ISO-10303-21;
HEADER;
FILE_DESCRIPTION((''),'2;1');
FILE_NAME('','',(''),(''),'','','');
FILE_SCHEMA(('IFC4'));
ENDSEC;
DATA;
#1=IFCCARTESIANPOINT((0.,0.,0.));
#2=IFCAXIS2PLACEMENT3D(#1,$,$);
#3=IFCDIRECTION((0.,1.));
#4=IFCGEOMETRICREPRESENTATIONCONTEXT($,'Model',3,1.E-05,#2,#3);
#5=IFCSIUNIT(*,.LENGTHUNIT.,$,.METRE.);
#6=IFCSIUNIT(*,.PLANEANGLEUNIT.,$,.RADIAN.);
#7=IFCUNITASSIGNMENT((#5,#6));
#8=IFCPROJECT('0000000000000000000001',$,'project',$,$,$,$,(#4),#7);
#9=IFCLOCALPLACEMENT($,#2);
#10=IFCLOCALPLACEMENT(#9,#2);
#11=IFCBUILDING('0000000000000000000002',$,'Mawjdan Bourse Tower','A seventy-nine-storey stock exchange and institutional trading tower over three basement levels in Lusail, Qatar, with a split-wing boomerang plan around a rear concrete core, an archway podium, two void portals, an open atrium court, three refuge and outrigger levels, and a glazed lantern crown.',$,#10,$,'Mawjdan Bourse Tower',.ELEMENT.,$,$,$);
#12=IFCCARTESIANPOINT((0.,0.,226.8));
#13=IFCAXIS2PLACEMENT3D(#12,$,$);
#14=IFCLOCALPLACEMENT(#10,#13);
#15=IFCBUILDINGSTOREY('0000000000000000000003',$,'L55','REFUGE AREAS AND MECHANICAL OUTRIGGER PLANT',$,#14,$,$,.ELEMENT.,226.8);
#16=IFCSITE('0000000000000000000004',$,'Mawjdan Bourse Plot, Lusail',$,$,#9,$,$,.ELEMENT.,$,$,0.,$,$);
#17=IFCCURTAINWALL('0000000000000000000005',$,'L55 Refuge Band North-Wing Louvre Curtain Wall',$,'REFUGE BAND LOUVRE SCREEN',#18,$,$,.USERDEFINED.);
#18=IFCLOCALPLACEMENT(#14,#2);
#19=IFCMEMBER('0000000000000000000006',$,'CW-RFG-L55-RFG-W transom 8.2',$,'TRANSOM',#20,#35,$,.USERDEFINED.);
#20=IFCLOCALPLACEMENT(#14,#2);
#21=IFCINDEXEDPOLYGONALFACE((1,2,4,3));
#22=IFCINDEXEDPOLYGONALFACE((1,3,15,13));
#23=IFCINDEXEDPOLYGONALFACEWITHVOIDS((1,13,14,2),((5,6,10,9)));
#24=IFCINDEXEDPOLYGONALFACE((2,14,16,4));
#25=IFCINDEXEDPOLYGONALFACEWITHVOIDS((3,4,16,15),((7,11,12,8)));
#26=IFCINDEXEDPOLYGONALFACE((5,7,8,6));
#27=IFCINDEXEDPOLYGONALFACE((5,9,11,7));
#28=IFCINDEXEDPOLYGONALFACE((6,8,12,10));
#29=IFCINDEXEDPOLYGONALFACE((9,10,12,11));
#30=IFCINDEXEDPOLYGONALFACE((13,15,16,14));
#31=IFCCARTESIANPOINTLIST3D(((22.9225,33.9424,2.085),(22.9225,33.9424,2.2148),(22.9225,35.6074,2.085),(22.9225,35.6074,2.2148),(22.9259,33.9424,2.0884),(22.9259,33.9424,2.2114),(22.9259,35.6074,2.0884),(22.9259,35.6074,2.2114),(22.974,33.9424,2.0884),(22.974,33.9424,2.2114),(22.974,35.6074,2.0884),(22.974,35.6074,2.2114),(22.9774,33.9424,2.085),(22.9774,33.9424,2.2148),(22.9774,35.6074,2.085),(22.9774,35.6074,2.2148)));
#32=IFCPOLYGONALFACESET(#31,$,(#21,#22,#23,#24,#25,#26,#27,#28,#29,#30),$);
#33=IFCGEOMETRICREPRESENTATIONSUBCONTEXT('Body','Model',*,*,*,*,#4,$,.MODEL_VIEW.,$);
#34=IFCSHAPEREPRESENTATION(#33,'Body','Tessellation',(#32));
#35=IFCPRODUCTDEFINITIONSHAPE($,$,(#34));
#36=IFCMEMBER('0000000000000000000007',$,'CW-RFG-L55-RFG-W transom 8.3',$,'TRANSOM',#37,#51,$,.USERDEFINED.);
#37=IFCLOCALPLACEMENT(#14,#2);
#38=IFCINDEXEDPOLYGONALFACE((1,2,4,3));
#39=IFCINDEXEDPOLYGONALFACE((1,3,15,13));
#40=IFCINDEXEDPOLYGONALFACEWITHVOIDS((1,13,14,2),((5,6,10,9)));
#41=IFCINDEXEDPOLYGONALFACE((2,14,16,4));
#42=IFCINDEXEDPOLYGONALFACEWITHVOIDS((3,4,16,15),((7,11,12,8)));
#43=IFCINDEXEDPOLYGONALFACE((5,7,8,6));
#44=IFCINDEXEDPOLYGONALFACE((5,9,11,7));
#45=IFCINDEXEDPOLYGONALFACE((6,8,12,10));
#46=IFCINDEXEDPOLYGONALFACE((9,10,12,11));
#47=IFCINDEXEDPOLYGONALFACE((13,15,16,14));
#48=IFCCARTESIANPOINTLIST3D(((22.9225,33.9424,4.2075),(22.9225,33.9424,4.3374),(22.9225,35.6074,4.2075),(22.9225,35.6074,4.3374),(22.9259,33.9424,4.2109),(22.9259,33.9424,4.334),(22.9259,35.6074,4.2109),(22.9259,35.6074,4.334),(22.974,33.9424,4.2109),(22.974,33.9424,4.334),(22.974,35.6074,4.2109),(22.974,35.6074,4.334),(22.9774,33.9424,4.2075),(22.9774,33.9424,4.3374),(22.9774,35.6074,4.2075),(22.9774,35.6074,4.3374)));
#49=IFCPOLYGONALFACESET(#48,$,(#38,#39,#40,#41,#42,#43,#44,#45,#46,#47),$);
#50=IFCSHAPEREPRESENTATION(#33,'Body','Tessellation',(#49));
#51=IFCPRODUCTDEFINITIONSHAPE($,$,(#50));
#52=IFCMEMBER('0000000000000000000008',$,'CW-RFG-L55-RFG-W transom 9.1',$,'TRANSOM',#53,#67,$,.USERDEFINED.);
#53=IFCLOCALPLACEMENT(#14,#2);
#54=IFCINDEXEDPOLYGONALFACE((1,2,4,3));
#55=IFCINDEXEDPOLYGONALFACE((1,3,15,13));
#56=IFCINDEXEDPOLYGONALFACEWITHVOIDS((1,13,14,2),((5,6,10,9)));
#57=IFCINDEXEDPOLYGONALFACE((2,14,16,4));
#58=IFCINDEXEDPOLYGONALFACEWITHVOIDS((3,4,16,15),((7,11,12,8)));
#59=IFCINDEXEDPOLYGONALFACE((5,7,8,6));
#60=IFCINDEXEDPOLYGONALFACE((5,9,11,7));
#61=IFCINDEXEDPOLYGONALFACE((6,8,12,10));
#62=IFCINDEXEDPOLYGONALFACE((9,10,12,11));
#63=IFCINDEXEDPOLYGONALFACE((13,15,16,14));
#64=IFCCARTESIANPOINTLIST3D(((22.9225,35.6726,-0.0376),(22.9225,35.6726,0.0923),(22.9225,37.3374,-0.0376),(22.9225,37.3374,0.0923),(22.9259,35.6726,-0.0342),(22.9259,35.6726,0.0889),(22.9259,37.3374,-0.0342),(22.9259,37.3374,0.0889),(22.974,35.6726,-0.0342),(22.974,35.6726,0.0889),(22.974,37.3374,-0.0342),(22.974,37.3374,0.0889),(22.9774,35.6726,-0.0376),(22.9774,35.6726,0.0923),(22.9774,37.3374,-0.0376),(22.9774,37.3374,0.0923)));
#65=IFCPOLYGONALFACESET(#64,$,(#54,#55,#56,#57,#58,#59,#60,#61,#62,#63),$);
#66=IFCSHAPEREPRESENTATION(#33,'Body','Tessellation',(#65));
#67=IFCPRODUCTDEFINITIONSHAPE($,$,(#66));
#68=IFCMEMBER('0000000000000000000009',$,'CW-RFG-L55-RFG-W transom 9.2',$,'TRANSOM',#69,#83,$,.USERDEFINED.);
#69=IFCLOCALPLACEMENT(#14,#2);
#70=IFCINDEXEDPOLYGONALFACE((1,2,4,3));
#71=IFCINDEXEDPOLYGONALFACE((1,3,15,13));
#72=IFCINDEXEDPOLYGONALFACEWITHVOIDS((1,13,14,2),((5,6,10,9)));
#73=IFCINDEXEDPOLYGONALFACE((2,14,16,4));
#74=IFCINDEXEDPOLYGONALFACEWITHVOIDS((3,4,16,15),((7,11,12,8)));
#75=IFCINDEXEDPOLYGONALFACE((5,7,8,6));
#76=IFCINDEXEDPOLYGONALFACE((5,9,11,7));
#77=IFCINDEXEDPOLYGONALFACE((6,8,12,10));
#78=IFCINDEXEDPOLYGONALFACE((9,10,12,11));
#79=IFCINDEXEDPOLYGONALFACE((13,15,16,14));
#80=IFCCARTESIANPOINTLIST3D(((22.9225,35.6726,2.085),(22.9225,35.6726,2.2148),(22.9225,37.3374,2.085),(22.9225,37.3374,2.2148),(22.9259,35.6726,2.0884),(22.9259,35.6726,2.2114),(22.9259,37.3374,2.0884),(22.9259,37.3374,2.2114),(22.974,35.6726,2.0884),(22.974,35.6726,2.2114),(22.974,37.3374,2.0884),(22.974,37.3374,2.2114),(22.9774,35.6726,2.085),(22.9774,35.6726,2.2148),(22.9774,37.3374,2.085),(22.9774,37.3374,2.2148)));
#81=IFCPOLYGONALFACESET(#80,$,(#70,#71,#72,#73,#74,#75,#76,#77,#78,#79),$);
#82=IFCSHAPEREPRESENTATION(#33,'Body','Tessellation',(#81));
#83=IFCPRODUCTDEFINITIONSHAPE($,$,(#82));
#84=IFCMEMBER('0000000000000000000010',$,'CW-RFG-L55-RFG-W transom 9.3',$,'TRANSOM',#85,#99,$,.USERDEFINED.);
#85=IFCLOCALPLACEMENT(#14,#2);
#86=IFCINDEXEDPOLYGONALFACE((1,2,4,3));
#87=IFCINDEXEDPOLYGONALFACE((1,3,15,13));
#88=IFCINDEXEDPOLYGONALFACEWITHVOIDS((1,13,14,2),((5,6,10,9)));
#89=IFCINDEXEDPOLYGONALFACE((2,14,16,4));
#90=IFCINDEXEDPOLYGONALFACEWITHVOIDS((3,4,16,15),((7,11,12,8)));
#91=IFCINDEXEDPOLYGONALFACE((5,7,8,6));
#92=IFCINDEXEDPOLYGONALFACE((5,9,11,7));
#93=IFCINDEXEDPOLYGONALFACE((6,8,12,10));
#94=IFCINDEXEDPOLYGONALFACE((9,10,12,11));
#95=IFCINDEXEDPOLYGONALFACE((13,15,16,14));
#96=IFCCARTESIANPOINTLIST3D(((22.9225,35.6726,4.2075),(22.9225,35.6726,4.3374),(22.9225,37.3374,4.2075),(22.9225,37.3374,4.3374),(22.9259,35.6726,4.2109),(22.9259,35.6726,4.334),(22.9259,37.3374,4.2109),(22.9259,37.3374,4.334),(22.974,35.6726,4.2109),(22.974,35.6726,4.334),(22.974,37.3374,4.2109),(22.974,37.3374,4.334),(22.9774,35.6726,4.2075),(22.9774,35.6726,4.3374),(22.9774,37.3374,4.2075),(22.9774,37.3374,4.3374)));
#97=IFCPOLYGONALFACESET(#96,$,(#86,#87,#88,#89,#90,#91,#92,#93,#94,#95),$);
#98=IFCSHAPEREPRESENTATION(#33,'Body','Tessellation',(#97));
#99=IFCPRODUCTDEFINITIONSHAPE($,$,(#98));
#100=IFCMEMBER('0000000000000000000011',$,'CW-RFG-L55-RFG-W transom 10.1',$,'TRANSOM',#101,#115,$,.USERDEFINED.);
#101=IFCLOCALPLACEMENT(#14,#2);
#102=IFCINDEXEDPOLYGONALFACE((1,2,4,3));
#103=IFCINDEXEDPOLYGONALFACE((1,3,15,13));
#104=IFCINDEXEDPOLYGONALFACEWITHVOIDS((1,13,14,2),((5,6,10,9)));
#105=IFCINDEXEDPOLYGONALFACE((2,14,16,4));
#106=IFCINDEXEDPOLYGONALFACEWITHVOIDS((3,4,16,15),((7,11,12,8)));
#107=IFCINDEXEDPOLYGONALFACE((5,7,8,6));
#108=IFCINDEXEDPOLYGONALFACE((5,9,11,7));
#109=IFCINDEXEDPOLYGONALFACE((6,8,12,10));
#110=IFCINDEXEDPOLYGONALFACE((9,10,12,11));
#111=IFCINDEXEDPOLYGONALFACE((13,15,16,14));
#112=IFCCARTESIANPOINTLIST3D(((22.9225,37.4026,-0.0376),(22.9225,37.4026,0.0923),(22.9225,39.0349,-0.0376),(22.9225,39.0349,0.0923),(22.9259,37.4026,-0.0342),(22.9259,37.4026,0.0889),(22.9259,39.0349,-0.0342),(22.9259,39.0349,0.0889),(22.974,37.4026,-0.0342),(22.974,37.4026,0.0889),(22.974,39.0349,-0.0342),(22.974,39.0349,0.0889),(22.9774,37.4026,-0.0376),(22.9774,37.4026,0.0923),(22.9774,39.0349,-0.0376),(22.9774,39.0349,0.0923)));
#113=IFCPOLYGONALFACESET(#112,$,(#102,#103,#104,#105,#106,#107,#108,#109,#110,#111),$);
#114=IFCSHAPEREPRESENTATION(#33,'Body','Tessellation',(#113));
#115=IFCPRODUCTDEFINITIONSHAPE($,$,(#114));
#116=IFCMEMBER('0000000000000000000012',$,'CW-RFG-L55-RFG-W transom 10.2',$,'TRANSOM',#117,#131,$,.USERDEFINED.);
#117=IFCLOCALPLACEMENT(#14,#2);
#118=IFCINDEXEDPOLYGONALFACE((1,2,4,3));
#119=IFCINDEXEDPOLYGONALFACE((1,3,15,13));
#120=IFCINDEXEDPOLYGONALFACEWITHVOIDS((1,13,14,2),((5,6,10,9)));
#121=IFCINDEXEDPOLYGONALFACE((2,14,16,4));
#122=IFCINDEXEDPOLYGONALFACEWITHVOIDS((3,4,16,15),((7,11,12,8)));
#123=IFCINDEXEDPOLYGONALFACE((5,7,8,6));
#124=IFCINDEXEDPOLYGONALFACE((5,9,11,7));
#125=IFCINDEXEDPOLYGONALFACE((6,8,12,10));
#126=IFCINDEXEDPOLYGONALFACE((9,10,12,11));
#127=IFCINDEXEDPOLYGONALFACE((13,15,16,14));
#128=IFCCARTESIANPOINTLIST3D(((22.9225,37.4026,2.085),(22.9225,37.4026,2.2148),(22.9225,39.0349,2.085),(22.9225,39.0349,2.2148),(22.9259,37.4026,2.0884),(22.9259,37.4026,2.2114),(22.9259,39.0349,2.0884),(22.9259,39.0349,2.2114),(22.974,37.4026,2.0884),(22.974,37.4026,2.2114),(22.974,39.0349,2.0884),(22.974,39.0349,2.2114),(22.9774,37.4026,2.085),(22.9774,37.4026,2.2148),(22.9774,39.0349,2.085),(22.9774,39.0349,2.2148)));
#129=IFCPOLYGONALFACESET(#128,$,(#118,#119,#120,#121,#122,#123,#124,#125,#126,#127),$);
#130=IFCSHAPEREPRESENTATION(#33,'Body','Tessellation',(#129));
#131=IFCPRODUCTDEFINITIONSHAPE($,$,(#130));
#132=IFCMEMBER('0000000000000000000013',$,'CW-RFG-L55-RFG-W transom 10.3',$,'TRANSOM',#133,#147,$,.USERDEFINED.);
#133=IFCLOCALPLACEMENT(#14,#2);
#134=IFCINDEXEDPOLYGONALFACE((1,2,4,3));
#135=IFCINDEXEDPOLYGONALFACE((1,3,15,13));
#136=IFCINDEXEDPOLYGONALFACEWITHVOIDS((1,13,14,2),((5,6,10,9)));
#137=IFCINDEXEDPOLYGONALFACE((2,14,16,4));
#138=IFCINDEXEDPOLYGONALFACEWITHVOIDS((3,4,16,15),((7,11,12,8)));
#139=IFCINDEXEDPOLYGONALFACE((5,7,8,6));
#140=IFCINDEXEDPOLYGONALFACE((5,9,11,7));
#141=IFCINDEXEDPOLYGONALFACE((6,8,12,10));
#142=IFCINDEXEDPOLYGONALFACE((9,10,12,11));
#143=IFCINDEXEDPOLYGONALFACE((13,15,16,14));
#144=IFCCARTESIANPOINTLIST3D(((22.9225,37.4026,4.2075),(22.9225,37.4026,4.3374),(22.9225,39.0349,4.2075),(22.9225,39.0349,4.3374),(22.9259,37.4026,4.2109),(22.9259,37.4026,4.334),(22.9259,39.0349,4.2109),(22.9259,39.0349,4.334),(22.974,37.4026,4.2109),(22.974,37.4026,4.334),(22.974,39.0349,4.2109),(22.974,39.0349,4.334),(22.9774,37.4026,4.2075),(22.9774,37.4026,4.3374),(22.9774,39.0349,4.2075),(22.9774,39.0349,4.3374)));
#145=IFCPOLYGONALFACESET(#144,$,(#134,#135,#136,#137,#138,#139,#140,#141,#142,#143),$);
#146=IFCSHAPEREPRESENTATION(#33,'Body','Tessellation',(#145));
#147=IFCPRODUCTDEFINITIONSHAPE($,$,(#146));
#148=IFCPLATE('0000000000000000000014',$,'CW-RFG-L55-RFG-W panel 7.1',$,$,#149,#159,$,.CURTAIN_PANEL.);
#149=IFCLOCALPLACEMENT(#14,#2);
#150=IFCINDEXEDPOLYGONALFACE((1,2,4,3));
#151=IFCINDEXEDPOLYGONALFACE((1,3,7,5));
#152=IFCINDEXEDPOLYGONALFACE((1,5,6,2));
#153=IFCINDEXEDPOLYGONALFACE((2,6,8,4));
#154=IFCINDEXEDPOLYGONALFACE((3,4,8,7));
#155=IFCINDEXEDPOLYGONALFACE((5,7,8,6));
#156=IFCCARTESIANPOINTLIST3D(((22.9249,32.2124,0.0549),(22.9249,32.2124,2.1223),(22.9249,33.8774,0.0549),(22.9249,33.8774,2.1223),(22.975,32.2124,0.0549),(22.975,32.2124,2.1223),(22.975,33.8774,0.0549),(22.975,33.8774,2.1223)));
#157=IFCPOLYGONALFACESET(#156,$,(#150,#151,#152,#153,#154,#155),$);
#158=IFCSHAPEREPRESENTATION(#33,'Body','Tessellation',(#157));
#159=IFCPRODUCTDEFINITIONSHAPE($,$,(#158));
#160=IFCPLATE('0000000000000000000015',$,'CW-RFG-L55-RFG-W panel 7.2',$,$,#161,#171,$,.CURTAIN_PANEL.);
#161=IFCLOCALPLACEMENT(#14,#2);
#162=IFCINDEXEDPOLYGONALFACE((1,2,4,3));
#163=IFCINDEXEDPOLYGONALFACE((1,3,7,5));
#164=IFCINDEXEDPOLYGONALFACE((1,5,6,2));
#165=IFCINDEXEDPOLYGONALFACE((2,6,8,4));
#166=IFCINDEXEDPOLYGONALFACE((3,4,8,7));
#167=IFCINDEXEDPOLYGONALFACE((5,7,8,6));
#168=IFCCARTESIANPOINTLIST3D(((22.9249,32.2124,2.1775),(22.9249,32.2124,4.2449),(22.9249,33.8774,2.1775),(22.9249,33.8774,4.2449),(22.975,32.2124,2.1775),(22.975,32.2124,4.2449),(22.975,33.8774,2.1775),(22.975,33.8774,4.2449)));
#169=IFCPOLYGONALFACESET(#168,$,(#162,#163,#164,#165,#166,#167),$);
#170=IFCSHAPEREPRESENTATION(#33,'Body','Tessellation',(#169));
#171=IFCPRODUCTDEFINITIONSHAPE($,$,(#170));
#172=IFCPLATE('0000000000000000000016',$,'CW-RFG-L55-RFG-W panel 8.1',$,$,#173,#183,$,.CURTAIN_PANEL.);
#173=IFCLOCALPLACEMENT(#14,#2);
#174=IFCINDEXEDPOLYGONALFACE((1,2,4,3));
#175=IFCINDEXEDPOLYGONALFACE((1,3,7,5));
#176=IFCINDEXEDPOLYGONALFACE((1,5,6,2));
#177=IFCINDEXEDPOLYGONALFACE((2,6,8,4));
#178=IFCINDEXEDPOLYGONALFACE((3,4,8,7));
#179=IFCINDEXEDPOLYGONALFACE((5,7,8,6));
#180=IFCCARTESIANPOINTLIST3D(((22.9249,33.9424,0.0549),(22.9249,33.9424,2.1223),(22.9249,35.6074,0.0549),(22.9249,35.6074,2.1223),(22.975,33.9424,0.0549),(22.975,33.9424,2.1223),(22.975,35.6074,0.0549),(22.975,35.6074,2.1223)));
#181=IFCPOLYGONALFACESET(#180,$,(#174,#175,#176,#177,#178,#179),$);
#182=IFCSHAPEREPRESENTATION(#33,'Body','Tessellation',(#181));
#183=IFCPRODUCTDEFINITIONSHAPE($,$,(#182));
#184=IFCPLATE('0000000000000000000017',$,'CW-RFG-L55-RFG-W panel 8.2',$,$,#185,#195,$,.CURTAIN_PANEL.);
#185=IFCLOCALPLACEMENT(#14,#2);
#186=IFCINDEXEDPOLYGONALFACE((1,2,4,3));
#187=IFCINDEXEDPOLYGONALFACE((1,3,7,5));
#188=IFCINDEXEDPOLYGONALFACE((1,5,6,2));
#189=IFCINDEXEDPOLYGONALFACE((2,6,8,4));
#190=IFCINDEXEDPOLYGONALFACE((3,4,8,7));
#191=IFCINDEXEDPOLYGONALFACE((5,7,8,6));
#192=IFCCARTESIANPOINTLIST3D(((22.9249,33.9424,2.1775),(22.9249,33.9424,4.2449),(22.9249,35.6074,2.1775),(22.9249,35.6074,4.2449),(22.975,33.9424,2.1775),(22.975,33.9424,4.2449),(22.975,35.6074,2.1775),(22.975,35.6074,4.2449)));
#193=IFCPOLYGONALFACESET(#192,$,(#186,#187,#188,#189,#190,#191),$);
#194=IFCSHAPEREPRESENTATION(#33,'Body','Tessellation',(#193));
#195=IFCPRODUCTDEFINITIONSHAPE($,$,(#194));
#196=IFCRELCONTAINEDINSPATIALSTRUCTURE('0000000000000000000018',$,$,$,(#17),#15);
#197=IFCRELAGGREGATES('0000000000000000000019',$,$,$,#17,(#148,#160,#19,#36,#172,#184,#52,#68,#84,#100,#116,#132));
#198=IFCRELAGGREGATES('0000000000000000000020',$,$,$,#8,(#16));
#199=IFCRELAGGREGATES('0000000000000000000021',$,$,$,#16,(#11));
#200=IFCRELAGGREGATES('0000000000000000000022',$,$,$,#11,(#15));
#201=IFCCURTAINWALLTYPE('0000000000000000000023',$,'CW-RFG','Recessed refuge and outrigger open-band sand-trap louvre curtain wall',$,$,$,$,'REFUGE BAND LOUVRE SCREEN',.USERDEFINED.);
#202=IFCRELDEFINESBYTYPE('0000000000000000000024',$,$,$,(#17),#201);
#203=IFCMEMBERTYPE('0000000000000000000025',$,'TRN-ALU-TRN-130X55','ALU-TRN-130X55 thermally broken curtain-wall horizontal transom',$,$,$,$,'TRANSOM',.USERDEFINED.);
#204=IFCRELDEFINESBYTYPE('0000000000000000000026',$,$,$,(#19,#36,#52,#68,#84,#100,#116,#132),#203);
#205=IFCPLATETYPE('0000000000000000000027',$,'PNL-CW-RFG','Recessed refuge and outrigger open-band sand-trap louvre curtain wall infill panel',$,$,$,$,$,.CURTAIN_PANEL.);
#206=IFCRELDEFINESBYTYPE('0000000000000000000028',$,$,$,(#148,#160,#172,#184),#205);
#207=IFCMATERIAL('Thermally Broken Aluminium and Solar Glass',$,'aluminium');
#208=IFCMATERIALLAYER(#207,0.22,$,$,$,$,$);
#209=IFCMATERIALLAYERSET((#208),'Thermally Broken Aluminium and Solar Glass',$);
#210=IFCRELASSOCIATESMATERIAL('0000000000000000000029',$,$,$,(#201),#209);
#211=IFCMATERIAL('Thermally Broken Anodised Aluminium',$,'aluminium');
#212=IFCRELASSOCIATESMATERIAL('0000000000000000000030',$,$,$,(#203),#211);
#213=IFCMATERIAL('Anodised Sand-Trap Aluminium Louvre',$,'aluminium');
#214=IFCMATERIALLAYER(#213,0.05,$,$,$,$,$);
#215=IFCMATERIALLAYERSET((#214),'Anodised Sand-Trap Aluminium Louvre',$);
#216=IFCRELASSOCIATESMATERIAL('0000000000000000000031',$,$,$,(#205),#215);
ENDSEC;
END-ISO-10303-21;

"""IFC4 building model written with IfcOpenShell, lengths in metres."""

from ifc_helpers import new_model, si_unit, direction, frame, origin, origin_2d, place, context, subcontext, project, spatial, rectangle, hollow_rectangle, extrude, material, layer, layer_set, material_profile, profile_set, type_object, element, aggregate, save


model = new_model("IFC4")

# Units and contexts
model_context = context("Model", 3, precision=1e-05, world=origin(), true_north=direction((0.0, 1.0)))
body_context = subcontext(model_context, "Body", "Model", "MODEL_VIEW")
ifc_project = project(units=[si_unit("LENGTHUNIT", "METRE"), si_unit("PLANEANGLEUNIT", "RADIAN")], contexts=[model_context])

# Site, building, storey
site_placement = place(None, origin())
site = spatial("IfcSite", under=ifc_project, at=site_placement, Name="Mawjdan Bourse Plot, Lusail", CompositionType="ELEMENT", RefElevation=0.0)
building_placement = place(site_placement, origin())
building = spatial("IfcBuilding", under=site, at=building_placement, Name="Mawjdan Bourse Tower", Description="A seventy-nine-storey stock exchange and institutional trading tower over three basement levels in Lusail, Qatar, with a split-wing boomerang plan around a rear concrete core, an archway podium, two void portals, an open atrium court, three refuge and outrigger levels, and a glazed lantern crown.", LongName="Mawjdan Bourse Tower", CompositionType="ELEMENT")
storey_placement = place(building_placement, frame((0.0, 0.0, 226.8)))
storey = spatial("IfcBuildingStorey", under=building, at=storey_placement, Name="L55", Description="REFUGE AREAS AND MECHANICAL OUTRIGGER PLANT", CompositionType="ELEMENT", Elevation=226.8)

# Curtain wall
ifc_material_1 = material(Name="Thermally Broken Aluminium and Solar Glass", Category="aluminium")
ifc_layer_1 = layer(ifc_material_1, 0.22)
ifc_layer_set_1 = layer_set([ifc_layer_1], Name="Thermally Broken Aluminium and Solar Glass")
curtain_wall_type = type_object("IfcCurtainWallType", Name="CW-RFG", Description="Recessed refuge and outrigger open-band sand-trap louvre curtain wall", ElementType="REFUGE BAND LOUVRE SCREEN", PredefinedType="USERDEFINED", material=ifc_layer_set_1)
curtain_wall_placement = place(storey_placement, origin())
curtain_wall = element("IfcCurtainWall", 1, at=curtain_wall_placement, inside=storey, type_object=curtain_wall_type, Name="L55 Refuge Band North-Wing Louvre Curtain Wall", ObjectType="REFUGE BAND LOUVRE SCREEN", PredefinedType="USERDEFINED")
ifc_material_2 = material(Name="Thermally Broken Anodised Aluminium", Category="aluminium")

# Members
ifc_material_profile_1 = material_profile(ifc_material_2, hollow_rectangle(XDim=0.0549, YDim=0.1299, WallThickness=0.0034, at=origin_2d()), Name="ALU-TRN-130X55")
ifc_profile_set_1 = profile_set([ifc_material_profile_1], Name="Thermally Broken Anodised Aluminium")
member_type_1 = type_object("IfcMemberType", Name="TRN-ALU-TRN-130X55", Description="ALU-TRN-130X55 thermally broken curtain-wall horizontal transom", ElementType="TRANSOM", PredefinedType="USERDEFINED", material=ifc_profile_set_1)
member_1_placement = place(storey_placement, frame((22.95, 33.9424, 2.1499), z_axis=(0.0, 1.0, 0.0), x_axis=(-1.0, 0.0, 0.0)))
member_1 = element("IfcMember", 2, at=member_1_placement, type_object=member_type_1, Name="CW-RFG-L55-RFG-W transom 8.2", ObjectType="TRANSOM", PredefinedType="USERDEFINED", context=body_context, shape_type="SweptSolid", body=[
    extrude(hollow_rectangle(XDim=0.0549, YDim=0.1299, WallThickness=0.0034, at=origin_2d()), origin(), (0.0, 0.0, 1.0), 1.665),
])
member_2_placement = place(storey_placement, frame((22.95, 33.9424, 4.2725), z_axis=(0.0, 1.0, 0.0), x_axis=(-1.0, 0.0, 0.0)))
member_2 = element("IfcMember", 3, at=member_2_placement, type_object=member_type_1, Name="CW-RFG-L55-RFG-W transom 8.3", ObjectType="TRANSOM", PredefinedType="USERDEFINED", context=body_context, shape_type="SweptSolid", body=[
    extrude(hollow_rectangle(XDim=0.0549, YDim=0.1299, WallThickness=0.0034, at=origin_2d()), origin(), (0.0, 0.0, 1.0), 1.665),
])
member_3_placement = place(storey_placement, frame((22.95, 35.6726, 0.0273), z_axis=(0.0, 1.0, 0.0), x_axis=(-1.0, 0.0, 0.0)))
member_3 = element("IfcMember", 4, at=member_3_placement, type_object=member_type_1, Name="CW-RFG-L55-RFG-W transom 9.1", ObjectType="TRANSOM", PredefinedType="USERDEFINED", context=body_context, shape_type="SweptSolid", body=[
    extrude(hollow_rectangle(XDim=0.0549, YDim=0.1299, WallThickness=0.0034, at=origin_2d()), origin(), (0.0, 0.0, 1.0), 1.6648),
])
member_4_placement = place(storey_placement, frame((22.95, 35.6726, 2.1499), z_axis=(0.0, 1.0, 0.0), x_axis=(-1.0, 0.0, 0.0)))
member_4 = element("IfcMember", 5, at=member_4_placement, type_object=member_type_1, Name="CW-RFG-L55-RFG-W transom 9.2", ObjectType="TRANSOM", PredefinedType="USERDEFINED", context=body_context, shape_type="SweptSolid", body=[
    extrude(hollow_rectangle(XDim=0.0549, YDim=0.1299, WallThickness=0.0034, at=origin_2d()), origin(), (0.0, 0.0, 1.0), 1.6648),
])
member_5_placement = place(storey_placement, frame((22.95, 35.6726, 4.2725), z_axis=(0.0, 1.0, 0.0), x_axis=(-1.0, 0.0, 0.0)))
member_5 = element("IfcMember", 6, at=member_5_placement, type_object=member_type_1, Name="CW-RFG-L55-RFG-W transom 9.3", ObjectType="TRANSOM", PredefinedType="USERDEFINED", context=body_context, shape_type="SweptSolid", body=[
    extrude(hollow_rectangle(XDim=0.0549, YDim=0.1299, WallThickness=0.0034, at=origin_2d()), origin(), (0.0, 0.0, 1.0), 1.6648),
])
member_6_placement = place(storey_placement, frame((22.95, 37.4026, 0.0273), z_axis=(0.0, 1.0, 0.0), x_axis=(-1.0, 0.0, 0.0)))
member_6 = element("IfcMember", 7, at=member_6_placement, type_object=member_type_1, Name="CW-RFG-L55-RFG-W transom 10.1", ObjectType="TRANSOM", PredefinedType="USERDEFINED", context=body_context, shape_type="SweptSolid", body=[
    extrude(hollow_rectangle(XDim=0.0549, YDim=0.1299, WallThickness=0.0034, at=origin_2d()), origin(), (0.0, 0.0, 1.0), 1.6323),
])
member_7_placement = place(storey_placement, frame((22.95, 37.4026, 2.1499), z_axis=(0.0, 1.0, 0.0), x_axis=(-1.0, 0.0, 0.0)))
member_7 = element("IfcMember", 8, at=member_7_placement, type_object=member_type_1, Name="CW-RFG-L55-RFG-W transom 10.2", ObjectType="TRANSOM", PredefinedType="USERDEFINED", context=body_context, shape_type="SweptSolid", body=[
    extrude(hollow_rectangle(XDim=0.0549, YDim=0.1299, WallThickness=0.0034, at=origin_2d()), origin(), (0.0, 0.0, 1.0), 1.6323),
])
member_8_placement = place(storey_placement, frame((22.95, 37.4026, 4.2725), z_axis=(0.0, 1.0, 0.0), x_axis=(-1.0, 0.0, 0.0)))
member_8 = element("IfcMember", 9, at=member_8_placement, type_object=member_type_1, Name="CW-RFG-L55-RFG-W transom 10.3", ObjectType="TRANSOM", PredefinedType="USERDEFINED", context=body_context, shape_type="SweptSolid", body=[
    extrude(hollow_rectangle(XDim=0.0549, YDim=0.1299, WallThickness=0.0034, at=origin_2d()), origin(), (0.0, 0.0, 1.0), 1.6323),
])

# Plates
ifc_material_3 = material(Name="Anodised Sand-Trap Aluminium Louvre", Category="aluminium")
ifc_layer_2 = layer(ifc_material_3, 0.05)
ifc_layer_set_2 = layer_set([ifc_layer_2], Name="Anodised Sand-Trap Aluminium Louvre")
plate_type = type_object("IfcPlateType", Name="PNL-CW-RFG", Description="Recessed refuge and outrigger open-band sand-trap louvre curtain wall infill panel", PredefinedType="CURTAIN_PANEL", material=ifc_layer_set_2)
plate_1_placement = place(storey_placement, frame((22.95, 33.0449, 0.0549), z_axis=(0.0, 0.0, 1.0), x_axis=(0.0, 1.0, 0.0)))
plate_1 = element("IfcPlate", 10, at=plate_1_placement, type_object=plate_type, Name="CW-RFG-L55-RFG-W panel 7.1", PredefinedType="CURTAIN_PANEL", context=body_context, shape_type="SweptSolid", body=[
    extrude(rectangle(XDim=1.665, YDim=0.05, at=origin_2d()), origin(), (0.0, 0.0, 1.0), 2.0674),
])
plate_2_placement = place(storey_placement, frame((22.95, 33.0449, 2.1775), z_axis=(0.0, 0.0, 1.0), x_axis=(0.0, 1.0, 0.0)))
plate_2 = element("IfcPlate", 11, at=plate_2_placement, type_object=plate_type, Name="CW-RFG-L55-RFG-W panel 7.2", PredefinedType="CURTAIN_PANEL", context=body_context, shape_type="SweptSolid", body=[
    extrude(rectangle(XDim=1.665, YDim=0.05, at=origin_2d()), origin(), (0.0, 0.0, 1.0), 2.0674),
])
plate_3_placement = place(storey_placement, frame((22.95, 34.7749, 0.0549), z_axis=(0.0, 0.0, 1.0), x_axis=(0.0, 1.0, 0.0)))
plate_3 = element("IfcPlate", 12, at=plate_3_placement, type_object=plate_type, Name="CW-RFG-L55-RFG-W panel 8.1", PredefinedType="CURTAIN_PANEL", context=body_context, shape_type="SweptSolid", body=[
    extrude(rectangle(XDim=1.665, YDim=0.05, at=origin_2d()), origin(), (0.0, 0.0, 1.0), 2.0674),
])
plate_4_placement = place(storey_placement, frame((22.95, 34.7749, 2.1775), z_axis=(0.0, 0.0, 1.0), x_axis=(0.0, 1.0, 0.0)))
plate_4 = element("IfcPlate", 13, at=plate_4_placement, type_object=plate_type, Name="CW-RFG-L55-RFG-W panel 8.2", PredefinedType="CURTAIN_PANEL", context=body_context, shape_type="SweptSolid", body=[
    extrude(rectangle(XDim=1.665, YDim=0.05, at=origin_2d()), origin(), (0.0, 0.0, 1.0), 2.0674),
])
aggregate(curtain_wall, [plate_1, plate_2, member_1, member_2, plate_3, plate_4, member_3, member_4, member_5, member_6, member_7, member_8])

save(model, "model.ifc")
